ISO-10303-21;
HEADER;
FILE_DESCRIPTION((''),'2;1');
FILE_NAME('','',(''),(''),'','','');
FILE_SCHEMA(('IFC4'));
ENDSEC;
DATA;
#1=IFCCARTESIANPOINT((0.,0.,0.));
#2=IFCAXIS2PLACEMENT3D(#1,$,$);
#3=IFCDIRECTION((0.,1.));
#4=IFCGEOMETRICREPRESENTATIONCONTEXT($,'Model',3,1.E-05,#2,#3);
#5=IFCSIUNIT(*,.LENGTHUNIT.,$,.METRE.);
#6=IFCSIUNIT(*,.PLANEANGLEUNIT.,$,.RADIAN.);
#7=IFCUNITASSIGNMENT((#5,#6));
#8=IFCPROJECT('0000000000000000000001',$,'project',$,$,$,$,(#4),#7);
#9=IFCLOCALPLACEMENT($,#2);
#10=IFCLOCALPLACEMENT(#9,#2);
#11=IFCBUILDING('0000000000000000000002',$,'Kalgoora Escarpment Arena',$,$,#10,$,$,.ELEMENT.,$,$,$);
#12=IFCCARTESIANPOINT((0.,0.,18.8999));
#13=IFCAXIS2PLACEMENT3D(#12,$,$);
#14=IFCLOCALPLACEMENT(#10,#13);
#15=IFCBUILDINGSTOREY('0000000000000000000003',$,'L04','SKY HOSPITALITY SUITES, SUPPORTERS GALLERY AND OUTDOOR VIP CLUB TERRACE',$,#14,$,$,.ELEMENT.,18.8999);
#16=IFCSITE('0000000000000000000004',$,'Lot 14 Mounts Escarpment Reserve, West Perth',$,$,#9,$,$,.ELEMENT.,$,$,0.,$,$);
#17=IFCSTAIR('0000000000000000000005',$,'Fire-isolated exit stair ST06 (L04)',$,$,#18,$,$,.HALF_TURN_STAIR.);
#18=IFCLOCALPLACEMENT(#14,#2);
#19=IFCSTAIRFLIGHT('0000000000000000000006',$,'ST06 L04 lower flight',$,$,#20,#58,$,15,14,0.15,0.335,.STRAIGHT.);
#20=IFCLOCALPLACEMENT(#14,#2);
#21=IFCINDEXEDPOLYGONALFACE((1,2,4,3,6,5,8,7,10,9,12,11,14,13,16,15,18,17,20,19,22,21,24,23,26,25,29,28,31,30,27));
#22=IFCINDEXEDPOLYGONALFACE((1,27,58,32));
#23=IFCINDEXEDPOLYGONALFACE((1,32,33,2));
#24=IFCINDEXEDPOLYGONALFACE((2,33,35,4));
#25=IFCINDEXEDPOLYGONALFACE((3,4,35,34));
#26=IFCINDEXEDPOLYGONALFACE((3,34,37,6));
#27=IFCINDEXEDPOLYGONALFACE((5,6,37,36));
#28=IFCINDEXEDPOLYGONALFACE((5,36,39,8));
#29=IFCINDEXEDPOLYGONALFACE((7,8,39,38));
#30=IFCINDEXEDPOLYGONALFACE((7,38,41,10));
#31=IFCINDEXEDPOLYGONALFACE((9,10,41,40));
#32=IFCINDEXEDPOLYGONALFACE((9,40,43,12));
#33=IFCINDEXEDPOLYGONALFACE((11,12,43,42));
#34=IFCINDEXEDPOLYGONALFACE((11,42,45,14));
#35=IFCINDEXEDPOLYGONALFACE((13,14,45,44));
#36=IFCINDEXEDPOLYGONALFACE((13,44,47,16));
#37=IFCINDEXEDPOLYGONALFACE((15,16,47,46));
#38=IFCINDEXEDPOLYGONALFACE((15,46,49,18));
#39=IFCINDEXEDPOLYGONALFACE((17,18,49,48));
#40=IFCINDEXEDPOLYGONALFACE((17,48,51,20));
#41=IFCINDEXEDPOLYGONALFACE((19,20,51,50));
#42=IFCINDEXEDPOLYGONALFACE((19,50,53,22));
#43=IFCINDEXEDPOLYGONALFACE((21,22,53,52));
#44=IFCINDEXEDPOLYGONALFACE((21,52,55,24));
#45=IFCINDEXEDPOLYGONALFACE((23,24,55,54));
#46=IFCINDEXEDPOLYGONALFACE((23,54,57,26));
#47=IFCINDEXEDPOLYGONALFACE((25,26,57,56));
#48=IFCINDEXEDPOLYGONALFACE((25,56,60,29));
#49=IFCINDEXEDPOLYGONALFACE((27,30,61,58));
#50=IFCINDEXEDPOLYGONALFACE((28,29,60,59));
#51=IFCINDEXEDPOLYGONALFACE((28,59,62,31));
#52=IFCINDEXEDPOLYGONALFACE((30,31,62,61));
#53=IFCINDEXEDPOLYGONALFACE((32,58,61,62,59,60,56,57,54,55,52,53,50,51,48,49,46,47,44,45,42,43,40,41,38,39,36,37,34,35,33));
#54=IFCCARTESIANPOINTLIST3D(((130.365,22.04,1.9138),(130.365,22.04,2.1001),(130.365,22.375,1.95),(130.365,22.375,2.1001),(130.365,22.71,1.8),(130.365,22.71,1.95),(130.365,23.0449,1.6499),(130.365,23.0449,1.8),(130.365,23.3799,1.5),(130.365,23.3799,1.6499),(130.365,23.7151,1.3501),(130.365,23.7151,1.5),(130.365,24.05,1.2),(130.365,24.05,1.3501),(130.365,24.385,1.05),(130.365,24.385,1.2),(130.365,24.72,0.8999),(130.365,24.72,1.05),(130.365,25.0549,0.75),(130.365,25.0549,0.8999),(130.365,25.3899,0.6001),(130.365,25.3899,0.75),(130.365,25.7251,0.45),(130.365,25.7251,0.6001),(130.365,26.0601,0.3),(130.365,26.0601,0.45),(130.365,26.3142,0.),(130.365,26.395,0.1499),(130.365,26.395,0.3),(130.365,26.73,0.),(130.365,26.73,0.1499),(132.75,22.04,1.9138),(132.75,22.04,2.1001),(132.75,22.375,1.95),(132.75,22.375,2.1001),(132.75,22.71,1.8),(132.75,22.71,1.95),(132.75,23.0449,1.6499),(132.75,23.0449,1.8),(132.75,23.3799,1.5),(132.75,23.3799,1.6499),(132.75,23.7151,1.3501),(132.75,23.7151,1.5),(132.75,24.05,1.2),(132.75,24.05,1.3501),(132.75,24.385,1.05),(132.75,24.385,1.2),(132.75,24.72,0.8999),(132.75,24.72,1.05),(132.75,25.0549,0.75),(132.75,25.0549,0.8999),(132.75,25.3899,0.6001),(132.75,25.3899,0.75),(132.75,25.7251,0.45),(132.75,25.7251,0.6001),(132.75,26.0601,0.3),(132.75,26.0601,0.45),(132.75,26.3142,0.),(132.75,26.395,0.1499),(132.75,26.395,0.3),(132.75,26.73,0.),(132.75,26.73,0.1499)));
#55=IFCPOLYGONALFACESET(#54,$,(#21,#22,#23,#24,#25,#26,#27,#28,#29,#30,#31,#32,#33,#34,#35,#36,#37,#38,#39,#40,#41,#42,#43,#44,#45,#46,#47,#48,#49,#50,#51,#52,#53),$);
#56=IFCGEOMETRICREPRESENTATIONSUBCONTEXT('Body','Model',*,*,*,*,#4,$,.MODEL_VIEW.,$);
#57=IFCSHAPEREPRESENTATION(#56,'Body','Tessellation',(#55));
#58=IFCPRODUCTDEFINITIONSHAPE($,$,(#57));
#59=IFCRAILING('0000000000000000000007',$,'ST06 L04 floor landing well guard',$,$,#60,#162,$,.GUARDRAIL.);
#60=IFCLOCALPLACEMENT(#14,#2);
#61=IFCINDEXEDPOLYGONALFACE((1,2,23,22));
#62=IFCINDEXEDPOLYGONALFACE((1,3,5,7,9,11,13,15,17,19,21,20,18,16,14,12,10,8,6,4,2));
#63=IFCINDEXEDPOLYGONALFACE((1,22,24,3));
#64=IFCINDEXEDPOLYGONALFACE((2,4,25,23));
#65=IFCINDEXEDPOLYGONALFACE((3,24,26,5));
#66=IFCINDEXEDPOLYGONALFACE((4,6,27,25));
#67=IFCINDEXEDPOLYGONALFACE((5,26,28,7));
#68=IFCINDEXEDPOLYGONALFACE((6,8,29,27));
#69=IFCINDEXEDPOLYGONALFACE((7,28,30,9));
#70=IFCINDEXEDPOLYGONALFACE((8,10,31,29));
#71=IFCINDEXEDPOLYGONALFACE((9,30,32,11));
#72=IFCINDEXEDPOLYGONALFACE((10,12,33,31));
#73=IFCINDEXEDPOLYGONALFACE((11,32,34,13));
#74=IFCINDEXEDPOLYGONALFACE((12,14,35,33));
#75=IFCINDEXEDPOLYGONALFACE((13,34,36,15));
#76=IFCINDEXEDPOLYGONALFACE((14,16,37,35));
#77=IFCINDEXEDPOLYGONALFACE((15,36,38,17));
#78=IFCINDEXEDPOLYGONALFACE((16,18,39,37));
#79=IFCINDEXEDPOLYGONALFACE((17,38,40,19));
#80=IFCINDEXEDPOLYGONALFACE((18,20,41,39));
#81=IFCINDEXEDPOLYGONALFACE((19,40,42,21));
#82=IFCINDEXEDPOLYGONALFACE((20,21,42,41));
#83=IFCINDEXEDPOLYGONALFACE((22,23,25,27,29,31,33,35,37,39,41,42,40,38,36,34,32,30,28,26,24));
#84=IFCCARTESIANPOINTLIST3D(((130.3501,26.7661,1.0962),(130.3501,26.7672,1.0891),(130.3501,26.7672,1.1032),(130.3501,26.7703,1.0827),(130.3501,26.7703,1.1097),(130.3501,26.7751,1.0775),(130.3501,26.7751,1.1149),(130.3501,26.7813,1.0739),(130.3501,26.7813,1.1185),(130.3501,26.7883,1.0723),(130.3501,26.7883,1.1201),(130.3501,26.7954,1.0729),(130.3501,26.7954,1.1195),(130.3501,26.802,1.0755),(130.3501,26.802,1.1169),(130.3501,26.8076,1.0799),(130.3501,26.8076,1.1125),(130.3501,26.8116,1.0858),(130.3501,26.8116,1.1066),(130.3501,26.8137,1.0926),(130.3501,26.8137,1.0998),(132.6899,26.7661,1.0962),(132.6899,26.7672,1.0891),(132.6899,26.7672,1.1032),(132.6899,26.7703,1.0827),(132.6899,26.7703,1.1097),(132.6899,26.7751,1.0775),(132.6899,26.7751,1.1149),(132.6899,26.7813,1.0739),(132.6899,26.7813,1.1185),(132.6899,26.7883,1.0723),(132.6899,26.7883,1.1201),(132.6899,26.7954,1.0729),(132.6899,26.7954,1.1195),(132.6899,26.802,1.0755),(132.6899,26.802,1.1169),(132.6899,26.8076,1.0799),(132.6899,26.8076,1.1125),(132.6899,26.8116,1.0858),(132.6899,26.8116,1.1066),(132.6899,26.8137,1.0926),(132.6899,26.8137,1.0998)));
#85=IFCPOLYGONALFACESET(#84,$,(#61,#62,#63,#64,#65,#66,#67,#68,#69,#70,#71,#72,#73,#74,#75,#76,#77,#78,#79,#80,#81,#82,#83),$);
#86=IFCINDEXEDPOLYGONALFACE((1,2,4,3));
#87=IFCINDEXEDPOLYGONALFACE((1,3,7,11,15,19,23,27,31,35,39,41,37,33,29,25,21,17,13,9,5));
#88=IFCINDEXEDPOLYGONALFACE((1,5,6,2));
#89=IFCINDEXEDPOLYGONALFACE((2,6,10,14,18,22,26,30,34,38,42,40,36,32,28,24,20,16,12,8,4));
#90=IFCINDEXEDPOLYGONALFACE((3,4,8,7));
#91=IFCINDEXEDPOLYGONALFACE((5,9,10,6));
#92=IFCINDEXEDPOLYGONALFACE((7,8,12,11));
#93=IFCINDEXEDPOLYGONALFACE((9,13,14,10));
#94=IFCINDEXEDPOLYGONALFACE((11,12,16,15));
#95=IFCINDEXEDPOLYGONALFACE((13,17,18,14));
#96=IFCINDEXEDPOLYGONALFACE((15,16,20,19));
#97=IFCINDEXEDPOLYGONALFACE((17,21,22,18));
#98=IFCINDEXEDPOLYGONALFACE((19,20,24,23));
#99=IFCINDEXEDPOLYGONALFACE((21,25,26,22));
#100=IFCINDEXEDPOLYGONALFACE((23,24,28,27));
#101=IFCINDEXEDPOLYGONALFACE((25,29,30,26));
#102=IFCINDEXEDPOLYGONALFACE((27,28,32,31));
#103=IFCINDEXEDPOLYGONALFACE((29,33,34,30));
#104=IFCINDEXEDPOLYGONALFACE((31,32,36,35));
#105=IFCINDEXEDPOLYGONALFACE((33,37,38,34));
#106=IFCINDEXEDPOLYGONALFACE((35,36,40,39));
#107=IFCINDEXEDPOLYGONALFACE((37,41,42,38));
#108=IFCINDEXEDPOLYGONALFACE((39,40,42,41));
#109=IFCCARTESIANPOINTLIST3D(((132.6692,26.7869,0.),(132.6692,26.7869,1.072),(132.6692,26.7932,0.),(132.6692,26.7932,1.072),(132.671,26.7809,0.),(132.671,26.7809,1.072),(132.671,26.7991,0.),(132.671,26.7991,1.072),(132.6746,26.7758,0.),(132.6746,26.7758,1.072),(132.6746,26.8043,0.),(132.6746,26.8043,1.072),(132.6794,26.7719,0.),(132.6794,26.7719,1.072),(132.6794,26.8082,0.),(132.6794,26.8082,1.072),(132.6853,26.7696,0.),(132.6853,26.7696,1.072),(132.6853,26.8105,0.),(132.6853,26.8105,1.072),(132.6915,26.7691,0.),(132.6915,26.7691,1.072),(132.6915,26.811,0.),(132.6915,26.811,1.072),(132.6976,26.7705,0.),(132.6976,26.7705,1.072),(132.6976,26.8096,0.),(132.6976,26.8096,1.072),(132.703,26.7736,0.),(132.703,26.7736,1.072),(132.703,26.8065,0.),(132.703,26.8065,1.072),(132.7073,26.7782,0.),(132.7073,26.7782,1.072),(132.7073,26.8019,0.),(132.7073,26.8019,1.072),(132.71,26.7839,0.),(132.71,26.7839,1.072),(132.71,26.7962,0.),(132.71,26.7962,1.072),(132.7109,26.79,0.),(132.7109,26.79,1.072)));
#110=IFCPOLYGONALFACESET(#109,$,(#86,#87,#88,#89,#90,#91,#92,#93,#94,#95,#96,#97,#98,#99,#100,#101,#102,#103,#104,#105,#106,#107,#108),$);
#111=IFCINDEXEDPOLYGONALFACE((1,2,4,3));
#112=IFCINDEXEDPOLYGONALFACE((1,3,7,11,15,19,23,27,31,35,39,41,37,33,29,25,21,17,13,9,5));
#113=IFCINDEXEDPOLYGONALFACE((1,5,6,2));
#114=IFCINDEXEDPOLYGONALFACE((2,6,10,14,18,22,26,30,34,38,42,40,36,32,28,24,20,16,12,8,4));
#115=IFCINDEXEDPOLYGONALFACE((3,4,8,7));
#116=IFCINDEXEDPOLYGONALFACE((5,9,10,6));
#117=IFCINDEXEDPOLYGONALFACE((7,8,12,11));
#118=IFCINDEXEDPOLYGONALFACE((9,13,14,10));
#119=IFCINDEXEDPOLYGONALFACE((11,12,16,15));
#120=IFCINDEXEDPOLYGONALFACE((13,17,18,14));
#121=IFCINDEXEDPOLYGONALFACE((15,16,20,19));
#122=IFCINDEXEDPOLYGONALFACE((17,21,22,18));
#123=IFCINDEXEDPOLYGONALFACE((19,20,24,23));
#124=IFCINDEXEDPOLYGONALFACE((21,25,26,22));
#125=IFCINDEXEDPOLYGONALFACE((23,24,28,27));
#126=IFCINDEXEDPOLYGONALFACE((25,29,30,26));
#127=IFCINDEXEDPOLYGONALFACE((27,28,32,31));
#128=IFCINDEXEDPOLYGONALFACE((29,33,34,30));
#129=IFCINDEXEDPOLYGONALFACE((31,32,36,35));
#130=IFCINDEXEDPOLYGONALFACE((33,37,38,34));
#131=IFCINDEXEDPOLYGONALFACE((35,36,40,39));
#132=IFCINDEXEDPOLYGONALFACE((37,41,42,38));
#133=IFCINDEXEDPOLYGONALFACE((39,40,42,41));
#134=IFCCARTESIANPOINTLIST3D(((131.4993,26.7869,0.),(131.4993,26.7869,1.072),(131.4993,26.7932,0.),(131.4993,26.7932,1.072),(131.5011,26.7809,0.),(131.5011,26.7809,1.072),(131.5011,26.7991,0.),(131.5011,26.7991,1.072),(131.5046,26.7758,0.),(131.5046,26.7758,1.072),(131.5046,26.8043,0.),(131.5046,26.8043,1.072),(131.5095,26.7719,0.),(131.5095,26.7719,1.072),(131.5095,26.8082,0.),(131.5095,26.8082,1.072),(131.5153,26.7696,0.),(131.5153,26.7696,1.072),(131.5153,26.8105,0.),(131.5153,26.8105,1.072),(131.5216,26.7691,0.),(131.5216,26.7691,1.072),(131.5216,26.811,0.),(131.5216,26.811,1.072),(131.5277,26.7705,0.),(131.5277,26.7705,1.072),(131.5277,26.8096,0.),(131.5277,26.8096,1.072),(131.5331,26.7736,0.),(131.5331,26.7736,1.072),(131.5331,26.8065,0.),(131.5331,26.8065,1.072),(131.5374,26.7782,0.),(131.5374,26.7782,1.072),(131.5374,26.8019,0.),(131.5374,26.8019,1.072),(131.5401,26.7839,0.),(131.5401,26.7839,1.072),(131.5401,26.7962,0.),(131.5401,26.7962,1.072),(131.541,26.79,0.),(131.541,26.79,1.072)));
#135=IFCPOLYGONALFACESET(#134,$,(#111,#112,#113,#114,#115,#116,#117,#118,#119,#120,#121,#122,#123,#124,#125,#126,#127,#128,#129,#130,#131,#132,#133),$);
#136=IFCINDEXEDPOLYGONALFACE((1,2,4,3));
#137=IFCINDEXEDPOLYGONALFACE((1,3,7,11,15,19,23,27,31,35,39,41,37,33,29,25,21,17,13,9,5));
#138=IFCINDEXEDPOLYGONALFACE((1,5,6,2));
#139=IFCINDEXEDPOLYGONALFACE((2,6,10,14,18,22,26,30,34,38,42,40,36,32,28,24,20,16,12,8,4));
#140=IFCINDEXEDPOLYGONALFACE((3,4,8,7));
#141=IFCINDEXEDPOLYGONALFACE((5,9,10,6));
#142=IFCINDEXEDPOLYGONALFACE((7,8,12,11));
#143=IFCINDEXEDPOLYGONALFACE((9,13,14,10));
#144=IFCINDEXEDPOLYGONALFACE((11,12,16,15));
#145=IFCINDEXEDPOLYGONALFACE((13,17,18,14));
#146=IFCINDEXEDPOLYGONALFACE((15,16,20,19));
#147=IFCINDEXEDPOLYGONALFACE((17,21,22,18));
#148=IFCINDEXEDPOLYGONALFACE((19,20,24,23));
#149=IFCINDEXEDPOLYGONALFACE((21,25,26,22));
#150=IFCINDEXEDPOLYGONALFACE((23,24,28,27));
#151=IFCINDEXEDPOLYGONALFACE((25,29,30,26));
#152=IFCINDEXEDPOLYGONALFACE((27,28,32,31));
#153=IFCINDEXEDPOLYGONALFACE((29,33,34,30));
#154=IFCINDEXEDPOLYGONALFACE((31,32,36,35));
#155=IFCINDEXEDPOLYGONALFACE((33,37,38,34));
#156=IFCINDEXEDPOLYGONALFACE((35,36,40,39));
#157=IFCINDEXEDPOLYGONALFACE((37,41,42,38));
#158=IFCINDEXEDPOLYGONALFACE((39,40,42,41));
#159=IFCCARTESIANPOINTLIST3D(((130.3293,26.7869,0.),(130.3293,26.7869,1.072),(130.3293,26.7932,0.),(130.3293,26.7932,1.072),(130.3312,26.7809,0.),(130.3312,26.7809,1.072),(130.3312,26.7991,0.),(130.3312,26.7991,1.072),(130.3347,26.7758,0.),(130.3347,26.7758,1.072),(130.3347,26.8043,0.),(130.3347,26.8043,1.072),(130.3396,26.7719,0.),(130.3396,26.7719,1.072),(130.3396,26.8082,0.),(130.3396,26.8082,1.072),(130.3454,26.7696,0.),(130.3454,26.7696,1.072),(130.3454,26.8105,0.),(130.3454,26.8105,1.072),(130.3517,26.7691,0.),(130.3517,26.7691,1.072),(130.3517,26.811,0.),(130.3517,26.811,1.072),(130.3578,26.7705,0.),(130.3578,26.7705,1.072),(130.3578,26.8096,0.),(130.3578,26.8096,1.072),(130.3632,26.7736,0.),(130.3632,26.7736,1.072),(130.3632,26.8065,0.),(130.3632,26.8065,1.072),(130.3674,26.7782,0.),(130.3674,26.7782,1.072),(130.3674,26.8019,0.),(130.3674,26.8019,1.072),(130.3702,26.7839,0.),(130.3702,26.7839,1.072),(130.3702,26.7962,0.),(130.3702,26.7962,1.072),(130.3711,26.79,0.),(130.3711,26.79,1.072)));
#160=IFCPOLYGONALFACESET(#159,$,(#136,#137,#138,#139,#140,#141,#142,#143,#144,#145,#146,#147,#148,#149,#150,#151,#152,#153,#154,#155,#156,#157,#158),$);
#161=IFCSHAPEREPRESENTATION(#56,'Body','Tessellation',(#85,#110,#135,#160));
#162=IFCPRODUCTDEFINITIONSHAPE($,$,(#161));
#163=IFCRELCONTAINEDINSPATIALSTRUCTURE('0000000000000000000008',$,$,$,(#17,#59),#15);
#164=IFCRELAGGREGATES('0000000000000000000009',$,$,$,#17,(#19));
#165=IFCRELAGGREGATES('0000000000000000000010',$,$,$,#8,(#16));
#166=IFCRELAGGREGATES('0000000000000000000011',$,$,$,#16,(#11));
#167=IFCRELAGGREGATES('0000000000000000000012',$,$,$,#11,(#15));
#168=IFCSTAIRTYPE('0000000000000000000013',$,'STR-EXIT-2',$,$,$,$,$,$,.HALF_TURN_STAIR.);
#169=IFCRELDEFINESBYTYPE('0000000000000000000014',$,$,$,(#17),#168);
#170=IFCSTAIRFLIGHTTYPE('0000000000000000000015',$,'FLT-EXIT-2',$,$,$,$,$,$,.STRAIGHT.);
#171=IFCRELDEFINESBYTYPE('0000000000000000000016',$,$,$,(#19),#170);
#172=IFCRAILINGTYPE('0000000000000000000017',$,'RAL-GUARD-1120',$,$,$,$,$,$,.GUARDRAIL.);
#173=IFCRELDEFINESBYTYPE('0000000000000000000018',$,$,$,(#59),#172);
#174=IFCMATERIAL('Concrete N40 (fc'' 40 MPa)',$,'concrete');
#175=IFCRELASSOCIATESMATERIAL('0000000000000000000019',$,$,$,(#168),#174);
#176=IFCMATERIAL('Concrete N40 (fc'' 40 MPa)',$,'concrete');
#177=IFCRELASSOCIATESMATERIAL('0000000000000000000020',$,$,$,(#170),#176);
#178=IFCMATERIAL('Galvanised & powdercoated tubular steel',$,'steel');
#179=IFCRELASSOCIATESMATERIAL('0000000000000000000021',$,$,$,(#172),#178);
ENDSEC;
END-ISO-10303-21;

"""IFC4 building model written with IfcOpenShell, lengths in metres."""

from ifc_helpers import new_model, si_unit, direction, frame, origin, origin_2d, place, context, subcontext, project, spatial, polyline, circle, outline, extrude, material, type_object, element, aggregate, save


model = new_model("IFC4")

# Units and contexts
model_context = context("Model", 3, precision=1e-05, world=origin(), true_north=direction((0.0, 1.0)))
body_context = subcontext(model_context, "Body", "Model", "MODEL_VIEW")
ifc_project = project(units=[si_unit("LENGTHUNIT", "METRE"), si_unit("PLANEANGLEUNIT", "RADIAN")], contexts=[model_context])

# Site, building, storey
site_placement = place(None, origin())
site = spatial("IfcSite", under=ifc_project, at=site_placement, Name="Lot 14 Mounts Escarpment Reserve, West Perth", CompositionType="ELEMENT", RefElevation=0.0)
building_placement = place(site_placement, origin())
building = spatial("IfcBuilding", under=site, at=building_placement, Name="Kalgoora Escarpment Arena", CompositionType="ELEMENT")
storey_placement = place(building_placement, frame((0.0, 0.0, 18.8999)))
storey = spatial("IfcBuildingStorey", under=building, at=storey_placement, Name="L04", Description="SKY HOSPITALITY SUITES, SUPPORTERS GALLERY AND OUTDOOR VIP CLUB TERRACE", CompositionType="ELEMENT", Elevation=18.8999)

# Stair, stair flight
ifc_material_1 = material(Name="Concrete N40 (fc' 40 MPa)", Category="concrete")
stair_type = type_object("IfcStairType", Name="STR-EXIT-2", PredefinedType="HALF_TURN_STAIR", material=ifc_material_1)
stair_placement = place(storey_placement, origin())
stair = element("IfcStair", 1, at=stair_placement, inside=storey, type_object=stair_type, Name="Fire-isolated exit stair ST06 (L04)", PredefinedType="HALF_TURN_STAIR")
ifc_material_2 = material(Name="Concrete N40 (fc' 40 MPa)", Category="concrete")
stair_flight_type = type_object("IfcStairFlightType", Name="FLT-EXIT-2", PredefinedType="STRAIGHT", material=ifc_material_2)
stair_flight_placement = place(storey_placement, frame((131.5576, 26.73, 0.0), z_axis=(0.0, 0.0, 1.0), x_axis=(0.0, -1.0, 0.0)))
stair_flight = element("IfcStairFlight", 2, at=stair_flight_placement, type_object=stair_flight_type, Name="ST06 L04 lower flight", NumberOfRisers=15, NumberOfTreads=14, PredefinedType="STRAIGHT", RiserHeight=0.15, TreadLength=0.335, context=body_context, shape_type="SweptSolid", body=[
    extrude(outline(polyline([(0.0, 0.0), (0.0, 0.1499), (0.335, 0.1499), (0.335, 0.3), (0.6699, 0.3), (0.6699, 0.45), (1.0049, 0.45), (1.0049, 0.6001), (1.3401, 0.6001), (1.3401, 0.75), (1.675, 0.75), (1.675, 0.8999), (2.01, 0.8999), (2.01, 1.05), (2.345, 1.05), (2.345, 1.2), (2.6799, 1.2), (2.6799, 1.3501), (3.0149, 1.3501), (3.0149, 1.5), (3.3501, 1.5), (3.3501, 1.6499), (3.6851, 1.6499), (3.6851, 1.8), (4.02, 1.8), (4.02, 1.95), (4.355, 1.95), (4.355, 2.1001), (4.6899, 2.1001), (4.6899, 2.25), (4.6899, 1.9138), (0.4158, 0.0), (0.0, 0.0)])), frame((0.0, 1.1924, 0.0), z_axis=(0.0, -1.0, 0.0), x_axis=(1.0, 0.0, 0.0)), (0.0, 0.0, 1.0), 2.385),
])
aggregate(stair, [stair_flight])

# Railing
ifc_material_3 = material(Name="Galvanised & powdercoated tubular steel", Category="steel")
railing_type_1 = type_object("IfcRailingType", Name="RAL-GUARD-1120", PredefinedType="GUARDRAIL", material=ifc_material_3)
railing_placement = place(storey_placement, frame((132.6899, 26.79, 0.0)))
element("IfcRailing", 3, at=railing_placement, inside=storey, type_object=railing_type_1, Name="ST06 L04 floor landing well guard", PredefinedType="GUARDRAIL", context=body_context, shape_type="SweptSolid", body=[
    extrude(circle(Radius=0.0239, at=origin_2d()), frame((0.0, 0.0, 1.0962), z_axis=(-1.0, 0.0, 0.0), x_axis=(0.0, -1.0, 0.0)), (0.0, 0.0, 1.0), 2.3398),
    extrude(circle(Radius=0.021, at=origin_2d()), origin(), (0.0, 0.0, 1.0), 1.072),
    extrude(circle(Radius=0.021, at=origin_2d()), frame((-1.1699, 0.0, 0.0)), (0.0, 0.0, 1.0), 1.072),
    extrude(circle(Radius=0.021, at=origin_2d()), frame((-2.3398, 0.0, 0.0)), (0.0, 0.0, 1.0), 1.072),
])

save(model, "model.ifc")
